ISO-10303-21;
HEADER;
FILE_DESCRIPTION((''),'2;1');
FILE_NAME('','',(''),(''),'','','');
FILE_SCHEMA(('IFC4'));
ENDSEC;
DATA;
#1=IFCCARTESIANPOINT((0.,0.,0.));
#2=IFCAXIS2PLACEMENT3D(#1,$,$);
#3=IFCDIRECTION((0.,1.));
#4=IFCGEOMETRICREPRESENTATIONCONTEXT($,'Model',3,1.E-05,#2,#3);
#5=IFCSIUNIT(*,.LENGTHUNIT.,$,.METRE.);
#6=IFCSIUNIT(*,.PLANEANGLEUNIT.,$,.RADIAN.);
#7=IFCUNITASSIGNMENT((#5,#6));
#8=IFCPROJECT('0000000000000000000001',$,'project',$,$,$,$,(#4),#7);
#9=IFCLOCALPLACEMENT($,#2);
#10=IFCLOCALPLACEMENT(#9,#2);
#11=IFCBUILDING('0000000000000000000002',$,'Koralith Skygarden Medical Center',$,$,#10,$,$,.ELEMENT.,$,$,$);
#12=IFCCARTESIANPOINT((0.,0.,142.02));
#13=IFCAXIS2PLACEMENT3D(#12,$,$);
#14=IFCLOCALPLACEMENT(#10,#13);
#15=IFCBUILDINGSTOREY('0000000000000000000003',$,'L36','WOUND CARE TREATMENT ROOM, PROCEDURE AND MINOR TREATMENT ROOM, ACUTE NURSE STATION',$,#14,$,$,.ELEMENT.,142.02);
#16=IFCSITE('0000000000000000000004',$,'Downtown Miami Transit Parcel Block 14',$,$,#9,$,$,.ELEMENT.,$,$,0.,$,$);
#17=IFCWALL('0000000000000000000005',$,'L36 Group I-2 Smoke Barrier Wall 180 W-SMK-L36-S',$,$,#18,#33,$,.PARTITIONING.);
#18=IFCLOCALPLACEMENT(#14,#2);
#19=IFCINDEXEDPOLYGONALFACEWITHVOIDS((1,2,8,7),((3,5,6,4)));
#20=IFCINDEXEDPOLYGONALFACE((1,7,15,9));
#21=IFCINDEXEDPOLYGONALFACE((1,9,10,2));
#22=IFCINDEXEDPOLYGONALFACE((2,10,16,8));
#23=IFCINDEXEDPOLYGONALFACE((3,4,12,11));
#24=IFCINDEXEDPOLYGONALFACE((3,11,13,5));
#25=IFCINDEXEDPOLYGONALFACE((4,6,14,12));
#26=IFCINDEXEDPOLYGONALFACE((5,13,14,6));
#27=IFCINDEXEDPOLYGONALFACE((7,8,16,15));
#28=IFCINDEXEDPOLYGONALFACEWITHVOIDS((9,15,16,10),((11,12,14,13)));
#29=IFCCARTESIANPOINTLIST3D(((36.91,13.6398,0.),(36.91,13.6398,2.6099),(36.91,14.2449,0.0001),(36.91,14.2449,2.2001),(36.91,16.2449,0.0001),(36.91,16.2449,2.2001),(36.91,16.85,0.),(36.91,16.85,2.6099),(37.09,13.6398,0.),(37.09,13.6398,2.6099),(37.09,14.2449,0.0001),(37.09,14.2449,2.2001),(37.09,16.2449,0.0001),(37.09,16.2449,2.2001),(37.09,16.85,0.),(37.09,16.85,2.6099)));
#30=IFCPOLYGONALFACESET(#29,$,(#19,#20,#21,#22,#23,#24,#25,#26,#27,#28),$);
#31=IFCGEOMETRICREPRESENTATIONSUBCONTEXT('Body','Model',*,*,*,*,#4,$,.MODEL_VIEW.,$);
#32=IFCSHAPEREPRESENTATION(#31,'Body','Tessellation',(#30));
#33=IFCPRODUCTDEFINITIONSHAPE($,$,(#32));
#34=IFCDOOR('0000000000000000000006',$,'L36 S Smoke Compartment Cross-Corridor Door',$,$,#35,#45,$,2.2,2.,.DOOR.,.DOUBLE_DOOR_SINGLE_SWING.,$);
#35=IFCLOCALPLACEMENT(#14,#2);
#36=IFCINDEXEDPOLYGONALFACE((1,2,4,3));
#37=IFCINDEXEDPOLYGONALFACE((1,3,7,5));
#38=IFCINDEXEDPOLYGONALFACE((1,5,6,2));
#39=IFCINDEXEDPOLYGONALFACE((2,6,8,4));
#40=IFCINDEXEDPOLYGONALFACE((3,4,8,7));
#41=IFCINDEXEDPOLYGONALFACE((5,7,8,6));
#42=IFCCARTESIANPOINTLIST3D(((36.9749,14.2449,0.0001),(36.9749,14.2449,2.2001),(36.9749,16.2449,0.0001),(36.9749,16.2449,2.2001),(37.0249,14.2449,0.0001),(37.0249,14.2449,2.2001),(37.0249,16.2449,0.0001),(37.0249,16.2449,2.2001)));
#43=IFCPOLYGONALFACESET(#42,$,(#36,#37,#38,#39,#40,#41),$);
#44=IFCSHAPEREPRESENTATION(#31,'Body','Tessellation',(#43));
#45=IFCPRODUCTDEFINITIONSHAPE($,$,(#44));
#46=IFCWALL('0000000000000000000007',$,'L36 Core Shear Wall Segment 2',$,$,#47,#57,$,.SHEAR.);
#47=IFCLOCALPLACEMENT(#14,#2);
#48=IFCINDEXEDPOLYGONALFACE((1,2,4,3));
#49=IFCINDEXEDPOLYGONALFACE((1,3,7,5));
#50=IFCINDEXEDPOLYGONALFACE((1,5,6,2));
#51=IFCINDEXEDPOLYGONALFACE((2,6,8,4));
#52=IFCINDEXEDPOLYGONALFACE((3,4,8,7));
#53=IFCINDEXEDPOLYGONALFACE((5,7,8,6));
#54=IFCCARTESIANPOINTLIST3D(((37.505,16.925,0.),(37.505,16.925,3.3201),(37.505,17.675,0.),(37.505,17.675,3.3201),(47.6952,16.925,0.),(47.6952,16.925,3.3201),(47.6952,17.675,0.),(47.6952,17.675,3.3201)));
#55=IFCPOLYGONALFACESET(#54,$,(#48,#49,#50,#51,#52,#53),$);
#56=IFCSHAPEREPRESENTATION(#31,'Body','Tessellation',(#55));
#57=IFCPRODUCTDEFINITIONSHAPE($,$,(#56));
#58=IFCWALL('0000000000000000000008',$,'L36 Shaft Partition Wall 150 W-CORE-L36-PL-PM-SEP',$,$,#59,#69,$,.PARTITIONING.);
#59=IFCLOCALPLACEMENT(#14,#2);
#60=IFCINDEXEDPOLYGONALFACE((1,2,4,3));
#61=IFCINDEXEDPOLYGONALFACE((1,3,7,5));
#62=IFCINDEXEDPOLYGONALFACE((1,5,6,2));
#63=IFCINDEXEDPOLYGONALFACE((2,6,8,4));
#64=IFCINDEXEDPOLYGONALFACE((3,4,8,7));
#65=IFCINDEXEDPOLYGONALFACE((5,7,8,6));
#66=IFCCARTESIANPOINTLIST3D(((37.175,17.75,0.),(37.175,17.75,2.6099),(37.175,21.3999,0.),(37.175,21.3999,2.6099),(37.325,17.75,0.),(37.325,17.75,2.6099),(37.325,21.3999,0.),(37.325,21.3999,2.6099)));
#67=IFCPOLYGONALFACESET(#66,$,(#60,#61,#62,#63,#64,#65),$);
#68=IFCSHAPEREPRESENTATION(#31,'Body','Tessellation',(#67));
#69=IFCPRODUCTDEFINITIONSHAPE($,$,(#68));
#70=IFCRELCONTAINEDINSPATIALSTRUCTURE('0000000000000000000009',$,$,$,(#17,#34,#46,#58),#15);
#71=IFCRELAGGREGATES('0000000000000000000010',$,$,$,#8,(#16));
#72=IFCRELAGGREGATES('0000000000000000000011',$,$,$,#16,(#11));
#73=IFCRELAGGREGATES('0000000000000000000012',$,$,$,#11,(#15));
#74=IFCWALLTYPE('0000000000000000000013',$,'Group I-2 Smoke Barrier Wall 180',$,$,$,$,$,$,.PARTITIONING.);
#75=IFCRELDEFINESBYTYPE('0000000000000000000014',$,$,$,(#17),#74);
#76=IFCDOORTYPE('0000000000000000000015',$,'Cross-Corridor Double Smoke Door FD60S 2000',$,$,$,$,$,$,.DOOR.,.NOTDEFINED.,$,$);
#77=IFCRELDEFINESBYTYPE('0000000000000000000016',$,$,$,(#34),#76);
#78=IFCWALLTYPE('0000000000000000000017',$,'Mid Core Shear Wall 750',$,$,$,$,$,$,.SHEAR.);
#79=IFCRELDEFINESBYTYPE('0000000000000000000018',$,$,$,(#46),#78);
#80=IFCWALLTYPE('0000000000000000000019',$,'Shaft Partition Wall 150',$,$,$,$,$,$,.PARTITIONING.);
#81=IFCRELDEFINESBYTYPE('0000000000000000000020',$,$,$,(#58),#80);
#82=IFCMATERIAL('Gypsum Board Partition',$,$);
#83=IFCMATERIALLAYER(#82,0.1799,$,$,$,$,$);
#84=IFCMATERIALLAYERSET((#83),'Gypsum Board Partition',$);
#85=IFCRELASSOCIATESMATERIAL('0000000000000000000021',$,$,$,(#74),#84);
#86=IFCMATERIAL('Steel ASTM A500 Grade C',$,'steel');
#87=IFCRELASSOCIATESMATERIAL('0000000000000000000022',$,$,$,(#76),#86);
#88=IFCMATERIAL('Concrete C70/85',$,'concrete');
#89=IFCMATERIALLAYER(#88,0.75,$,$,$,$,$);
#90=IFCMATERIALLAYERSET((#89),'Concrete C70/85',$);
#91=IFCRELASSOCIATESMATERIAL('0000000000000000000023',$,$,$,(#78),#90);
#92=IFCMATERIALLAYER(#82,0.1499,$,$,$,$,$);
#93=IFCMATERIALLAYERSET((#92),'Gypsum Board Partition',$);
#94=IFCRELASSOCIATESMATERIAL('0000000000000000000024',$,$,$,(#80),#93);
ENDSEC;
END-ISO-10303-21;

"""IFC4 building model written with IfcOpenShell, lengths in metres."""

from ifc_helpers import new_model, si_unit, direction, frame, frame_2d, origin, place, context, subcontext, project, spatial, rectangle, extrude, material, layer, layer_set, type_object, element, fill, save


model = new_model("IFC4")

# Units and contexts
model_context = context("Model", 3, precision=1e-05, world=origin(), true_north=direction((0.0, 1.0)))
body_context = subcontext(model_context, "Body", "Model", "MODEL_VIEW")
ifc_project = project(units=[si_unit("LENGTHUNIT", "METRE"), si_unit("PLANEANGLEUNIT", "RADIAN")], contexts=[model_context])

# Site, building, storey
site_placement = place(None, origin())
site = spatial("IfcSite", under=ifc_project, at=site_placement, Name="Downtown Miami Transit Parcel Block 14", CompositionType="ELEMENT", RefElevation=0.0)
building_placement = place(site_placement, origin())
building = spatial("IfcBuilding", under=site, at=building_placement, Name="Koralith Skygarden Medical Center", CompositionType="ELEMENT")
storey_placement = place(building_placement, frame((0.0, 0.0, 142.02)))
storey = spatial("IfcBuildingStorey", under=building, at=storey_placement, Name="L36", Description="WOUND CARE TREATMENT ROOM, PROCEDURE AND MINOR TREATMENT ROOM, ACUTE NURSE STATION", CompositionType="ELEMENT", Elevation=142.02)

# Shared definitions
ifc_material_1 = material(Name="Concrete C70/85", Category="concrete")

# Shared definitions
ifc_material_2 = material(Name="Gypsum Board Partition")

# Wall, opening, door
ifc_layer_1 = layer(ifc_material_2, 0.1799)
ifc_layer_set_1 = layer_set([ifc_layer_1], Name="Gypsum Board Partition")
wall_type_1 = type_object("IfcWallType", Name="Group I-2 Smoke Barrier Wall 180", PredefinedType="PARTITIONING", material=ifc_layer_set_1)
wall_1_placement = place(storey_placement, frame((37.0, 13.6399, 0.0), z_axis=(0.0, 0.0, 1.0), x_axis=(0.0, 1.0, 0.0)))
wall_1 = element("IfcWall", 1, at=wall_1_placement, inside=storey, type_object=wall_type_1, Name="L36 Group I-2 Smoke Barrier Wall 180 W-SMK-L36-S", PredefinedType="PARTITIONING", context=body_context, shape_type="SweptSolid", body=[
    extrude(rectangle(XDim=3.2102, YDim=0.1799, at=frame_2d((1.605, 0.0))), origin(), (0.0, 0.0, 1.0), 2.6099),
])
opening_1_placement = place(wall_1_placement, frame((0.605, 0.0, 0.0)))
opening_1 = element("IfcOpeningElement", 2, at=opening_1_placement, cuts=wall_1, PredefinedType="OPENING", context=body_context, shape_type="SweptSolid", body=[
    extrude(rectangle(XDim=2.0, YDim=2.2, at=frame_2d((1.0, 1.1001))), frame((0.0, 0.0999, 0.0), z_axis=(0.0, -1.0, 0.0), x_axis=(1.0, 0.0, 0.0)), (0.0, 0.0, 1.0), 0.2),
])
ifc_material_3 = material(Name="Steel ASTM A500 Grade C", Category="steel")
door_type_1 = type_object("IfcDoorType", Name="Cross-Corridor Double Smoke Door FD60S 2000", OperationType="NOTDEFINED", PredefinedType="DOOR", material=ifc_material_3)
door_1_placement = place(opening_1_placement, frame((2.0, 0.0, 0.0), z_axis=(0.0, 0.0, 1.0), x_axis=(-1.0, 0.0, 0.0)))
door_1 = element("IfcDoor", 3, at=door_1_placement, inside=storey, type_object=door_type_1, Name="L36 S Smoke Compartment Cross-Corridor Door", OperationType="DOUBLE_DOOR_SINGLE_SWING", OverallHeight=2.2, OverallWidth=2.0, PredefinedType="DOOR", context=body_context, shape_type="SweptSolid", body=[
    extrude(rectangle(XDim=2.0, YDim=2.2, at=frame_2d((1.0, 1.1001))), frame((0.0, 0.0249, 0.0), z_axis=(0.0, -1.0, 0.0), x_axis=(1.0, 0.0, 0.0)), (0.0, 0.0, 1.0), 0.05),
])
fill(opening_1, door_1)

# Walls
ifc_layer_2 = layer(ifc_material_1, 0.75)
ifc_layer_set_2 = layer_set([ifc_layer_2], Name="Concrete C70/85")
wall_type_2 = type_object("IfcWallType", Name="Mid Core Shear Wall 750", PredefinedType="SHEAR", material=ifc_layer_set_2)
wall_2_placement = place(storey_placement, frame((37.5049, 17.3, 0.0), z_axis=(0.0, 0.0, 1.0), x_axis=(1.0, 0.0, 0.0)))
element("IfcWall", 4, at=wall_2_placement, inside=storey, type_object=wall_type_2, Name="L36 Core Shear Wall Segment 2", PredefinedType="SHEAR", context=body_context, shape_type="SweptSolid", body=[
    extrude(rectangle(XDim=10.1902, YDim=0.75, at=frame_2d((5.0952, 0.0))), origin(), (0.0, 0.0, 1.0), 3.3201),
])
ifc_layer_3 = layer(ifc_material_2, 0.1499)
ifc_layer_set_3 = layer_set([ifc_layer_3], Name="Gypsum Board Partition")
wall_type_3 = type_object("IfcWallType", Name="Shaft Partition Wall 150", PredefinedType="PARTITIONING", material=ifc_layer_set_3)
wall_3_placement = place(storey_placement, frame((37.25, 17.75, 0.0), z_axis=(0.0, 0.0, 1.0), x_axis=(0.0, 1.0, 0.0)))
element("IfcWall", 5, at=wall_3_placement, inside=storey, type_object=wall_type_3, Name="L36 Shaft Partition Wall 150 W-CORE-L36-PL-PM-SEP", PredefinedType="PARTITIONING", context=body_context, shape_type="SweptSolid", body=[
    extrude(rectangle(XDim=3.6499, YDim=0.1499, at=frame_2d((1.825, 0.0))), origin(), (0.0, 0.0, 1.0), 2.6099),
])

save(model, "model.ifc")
